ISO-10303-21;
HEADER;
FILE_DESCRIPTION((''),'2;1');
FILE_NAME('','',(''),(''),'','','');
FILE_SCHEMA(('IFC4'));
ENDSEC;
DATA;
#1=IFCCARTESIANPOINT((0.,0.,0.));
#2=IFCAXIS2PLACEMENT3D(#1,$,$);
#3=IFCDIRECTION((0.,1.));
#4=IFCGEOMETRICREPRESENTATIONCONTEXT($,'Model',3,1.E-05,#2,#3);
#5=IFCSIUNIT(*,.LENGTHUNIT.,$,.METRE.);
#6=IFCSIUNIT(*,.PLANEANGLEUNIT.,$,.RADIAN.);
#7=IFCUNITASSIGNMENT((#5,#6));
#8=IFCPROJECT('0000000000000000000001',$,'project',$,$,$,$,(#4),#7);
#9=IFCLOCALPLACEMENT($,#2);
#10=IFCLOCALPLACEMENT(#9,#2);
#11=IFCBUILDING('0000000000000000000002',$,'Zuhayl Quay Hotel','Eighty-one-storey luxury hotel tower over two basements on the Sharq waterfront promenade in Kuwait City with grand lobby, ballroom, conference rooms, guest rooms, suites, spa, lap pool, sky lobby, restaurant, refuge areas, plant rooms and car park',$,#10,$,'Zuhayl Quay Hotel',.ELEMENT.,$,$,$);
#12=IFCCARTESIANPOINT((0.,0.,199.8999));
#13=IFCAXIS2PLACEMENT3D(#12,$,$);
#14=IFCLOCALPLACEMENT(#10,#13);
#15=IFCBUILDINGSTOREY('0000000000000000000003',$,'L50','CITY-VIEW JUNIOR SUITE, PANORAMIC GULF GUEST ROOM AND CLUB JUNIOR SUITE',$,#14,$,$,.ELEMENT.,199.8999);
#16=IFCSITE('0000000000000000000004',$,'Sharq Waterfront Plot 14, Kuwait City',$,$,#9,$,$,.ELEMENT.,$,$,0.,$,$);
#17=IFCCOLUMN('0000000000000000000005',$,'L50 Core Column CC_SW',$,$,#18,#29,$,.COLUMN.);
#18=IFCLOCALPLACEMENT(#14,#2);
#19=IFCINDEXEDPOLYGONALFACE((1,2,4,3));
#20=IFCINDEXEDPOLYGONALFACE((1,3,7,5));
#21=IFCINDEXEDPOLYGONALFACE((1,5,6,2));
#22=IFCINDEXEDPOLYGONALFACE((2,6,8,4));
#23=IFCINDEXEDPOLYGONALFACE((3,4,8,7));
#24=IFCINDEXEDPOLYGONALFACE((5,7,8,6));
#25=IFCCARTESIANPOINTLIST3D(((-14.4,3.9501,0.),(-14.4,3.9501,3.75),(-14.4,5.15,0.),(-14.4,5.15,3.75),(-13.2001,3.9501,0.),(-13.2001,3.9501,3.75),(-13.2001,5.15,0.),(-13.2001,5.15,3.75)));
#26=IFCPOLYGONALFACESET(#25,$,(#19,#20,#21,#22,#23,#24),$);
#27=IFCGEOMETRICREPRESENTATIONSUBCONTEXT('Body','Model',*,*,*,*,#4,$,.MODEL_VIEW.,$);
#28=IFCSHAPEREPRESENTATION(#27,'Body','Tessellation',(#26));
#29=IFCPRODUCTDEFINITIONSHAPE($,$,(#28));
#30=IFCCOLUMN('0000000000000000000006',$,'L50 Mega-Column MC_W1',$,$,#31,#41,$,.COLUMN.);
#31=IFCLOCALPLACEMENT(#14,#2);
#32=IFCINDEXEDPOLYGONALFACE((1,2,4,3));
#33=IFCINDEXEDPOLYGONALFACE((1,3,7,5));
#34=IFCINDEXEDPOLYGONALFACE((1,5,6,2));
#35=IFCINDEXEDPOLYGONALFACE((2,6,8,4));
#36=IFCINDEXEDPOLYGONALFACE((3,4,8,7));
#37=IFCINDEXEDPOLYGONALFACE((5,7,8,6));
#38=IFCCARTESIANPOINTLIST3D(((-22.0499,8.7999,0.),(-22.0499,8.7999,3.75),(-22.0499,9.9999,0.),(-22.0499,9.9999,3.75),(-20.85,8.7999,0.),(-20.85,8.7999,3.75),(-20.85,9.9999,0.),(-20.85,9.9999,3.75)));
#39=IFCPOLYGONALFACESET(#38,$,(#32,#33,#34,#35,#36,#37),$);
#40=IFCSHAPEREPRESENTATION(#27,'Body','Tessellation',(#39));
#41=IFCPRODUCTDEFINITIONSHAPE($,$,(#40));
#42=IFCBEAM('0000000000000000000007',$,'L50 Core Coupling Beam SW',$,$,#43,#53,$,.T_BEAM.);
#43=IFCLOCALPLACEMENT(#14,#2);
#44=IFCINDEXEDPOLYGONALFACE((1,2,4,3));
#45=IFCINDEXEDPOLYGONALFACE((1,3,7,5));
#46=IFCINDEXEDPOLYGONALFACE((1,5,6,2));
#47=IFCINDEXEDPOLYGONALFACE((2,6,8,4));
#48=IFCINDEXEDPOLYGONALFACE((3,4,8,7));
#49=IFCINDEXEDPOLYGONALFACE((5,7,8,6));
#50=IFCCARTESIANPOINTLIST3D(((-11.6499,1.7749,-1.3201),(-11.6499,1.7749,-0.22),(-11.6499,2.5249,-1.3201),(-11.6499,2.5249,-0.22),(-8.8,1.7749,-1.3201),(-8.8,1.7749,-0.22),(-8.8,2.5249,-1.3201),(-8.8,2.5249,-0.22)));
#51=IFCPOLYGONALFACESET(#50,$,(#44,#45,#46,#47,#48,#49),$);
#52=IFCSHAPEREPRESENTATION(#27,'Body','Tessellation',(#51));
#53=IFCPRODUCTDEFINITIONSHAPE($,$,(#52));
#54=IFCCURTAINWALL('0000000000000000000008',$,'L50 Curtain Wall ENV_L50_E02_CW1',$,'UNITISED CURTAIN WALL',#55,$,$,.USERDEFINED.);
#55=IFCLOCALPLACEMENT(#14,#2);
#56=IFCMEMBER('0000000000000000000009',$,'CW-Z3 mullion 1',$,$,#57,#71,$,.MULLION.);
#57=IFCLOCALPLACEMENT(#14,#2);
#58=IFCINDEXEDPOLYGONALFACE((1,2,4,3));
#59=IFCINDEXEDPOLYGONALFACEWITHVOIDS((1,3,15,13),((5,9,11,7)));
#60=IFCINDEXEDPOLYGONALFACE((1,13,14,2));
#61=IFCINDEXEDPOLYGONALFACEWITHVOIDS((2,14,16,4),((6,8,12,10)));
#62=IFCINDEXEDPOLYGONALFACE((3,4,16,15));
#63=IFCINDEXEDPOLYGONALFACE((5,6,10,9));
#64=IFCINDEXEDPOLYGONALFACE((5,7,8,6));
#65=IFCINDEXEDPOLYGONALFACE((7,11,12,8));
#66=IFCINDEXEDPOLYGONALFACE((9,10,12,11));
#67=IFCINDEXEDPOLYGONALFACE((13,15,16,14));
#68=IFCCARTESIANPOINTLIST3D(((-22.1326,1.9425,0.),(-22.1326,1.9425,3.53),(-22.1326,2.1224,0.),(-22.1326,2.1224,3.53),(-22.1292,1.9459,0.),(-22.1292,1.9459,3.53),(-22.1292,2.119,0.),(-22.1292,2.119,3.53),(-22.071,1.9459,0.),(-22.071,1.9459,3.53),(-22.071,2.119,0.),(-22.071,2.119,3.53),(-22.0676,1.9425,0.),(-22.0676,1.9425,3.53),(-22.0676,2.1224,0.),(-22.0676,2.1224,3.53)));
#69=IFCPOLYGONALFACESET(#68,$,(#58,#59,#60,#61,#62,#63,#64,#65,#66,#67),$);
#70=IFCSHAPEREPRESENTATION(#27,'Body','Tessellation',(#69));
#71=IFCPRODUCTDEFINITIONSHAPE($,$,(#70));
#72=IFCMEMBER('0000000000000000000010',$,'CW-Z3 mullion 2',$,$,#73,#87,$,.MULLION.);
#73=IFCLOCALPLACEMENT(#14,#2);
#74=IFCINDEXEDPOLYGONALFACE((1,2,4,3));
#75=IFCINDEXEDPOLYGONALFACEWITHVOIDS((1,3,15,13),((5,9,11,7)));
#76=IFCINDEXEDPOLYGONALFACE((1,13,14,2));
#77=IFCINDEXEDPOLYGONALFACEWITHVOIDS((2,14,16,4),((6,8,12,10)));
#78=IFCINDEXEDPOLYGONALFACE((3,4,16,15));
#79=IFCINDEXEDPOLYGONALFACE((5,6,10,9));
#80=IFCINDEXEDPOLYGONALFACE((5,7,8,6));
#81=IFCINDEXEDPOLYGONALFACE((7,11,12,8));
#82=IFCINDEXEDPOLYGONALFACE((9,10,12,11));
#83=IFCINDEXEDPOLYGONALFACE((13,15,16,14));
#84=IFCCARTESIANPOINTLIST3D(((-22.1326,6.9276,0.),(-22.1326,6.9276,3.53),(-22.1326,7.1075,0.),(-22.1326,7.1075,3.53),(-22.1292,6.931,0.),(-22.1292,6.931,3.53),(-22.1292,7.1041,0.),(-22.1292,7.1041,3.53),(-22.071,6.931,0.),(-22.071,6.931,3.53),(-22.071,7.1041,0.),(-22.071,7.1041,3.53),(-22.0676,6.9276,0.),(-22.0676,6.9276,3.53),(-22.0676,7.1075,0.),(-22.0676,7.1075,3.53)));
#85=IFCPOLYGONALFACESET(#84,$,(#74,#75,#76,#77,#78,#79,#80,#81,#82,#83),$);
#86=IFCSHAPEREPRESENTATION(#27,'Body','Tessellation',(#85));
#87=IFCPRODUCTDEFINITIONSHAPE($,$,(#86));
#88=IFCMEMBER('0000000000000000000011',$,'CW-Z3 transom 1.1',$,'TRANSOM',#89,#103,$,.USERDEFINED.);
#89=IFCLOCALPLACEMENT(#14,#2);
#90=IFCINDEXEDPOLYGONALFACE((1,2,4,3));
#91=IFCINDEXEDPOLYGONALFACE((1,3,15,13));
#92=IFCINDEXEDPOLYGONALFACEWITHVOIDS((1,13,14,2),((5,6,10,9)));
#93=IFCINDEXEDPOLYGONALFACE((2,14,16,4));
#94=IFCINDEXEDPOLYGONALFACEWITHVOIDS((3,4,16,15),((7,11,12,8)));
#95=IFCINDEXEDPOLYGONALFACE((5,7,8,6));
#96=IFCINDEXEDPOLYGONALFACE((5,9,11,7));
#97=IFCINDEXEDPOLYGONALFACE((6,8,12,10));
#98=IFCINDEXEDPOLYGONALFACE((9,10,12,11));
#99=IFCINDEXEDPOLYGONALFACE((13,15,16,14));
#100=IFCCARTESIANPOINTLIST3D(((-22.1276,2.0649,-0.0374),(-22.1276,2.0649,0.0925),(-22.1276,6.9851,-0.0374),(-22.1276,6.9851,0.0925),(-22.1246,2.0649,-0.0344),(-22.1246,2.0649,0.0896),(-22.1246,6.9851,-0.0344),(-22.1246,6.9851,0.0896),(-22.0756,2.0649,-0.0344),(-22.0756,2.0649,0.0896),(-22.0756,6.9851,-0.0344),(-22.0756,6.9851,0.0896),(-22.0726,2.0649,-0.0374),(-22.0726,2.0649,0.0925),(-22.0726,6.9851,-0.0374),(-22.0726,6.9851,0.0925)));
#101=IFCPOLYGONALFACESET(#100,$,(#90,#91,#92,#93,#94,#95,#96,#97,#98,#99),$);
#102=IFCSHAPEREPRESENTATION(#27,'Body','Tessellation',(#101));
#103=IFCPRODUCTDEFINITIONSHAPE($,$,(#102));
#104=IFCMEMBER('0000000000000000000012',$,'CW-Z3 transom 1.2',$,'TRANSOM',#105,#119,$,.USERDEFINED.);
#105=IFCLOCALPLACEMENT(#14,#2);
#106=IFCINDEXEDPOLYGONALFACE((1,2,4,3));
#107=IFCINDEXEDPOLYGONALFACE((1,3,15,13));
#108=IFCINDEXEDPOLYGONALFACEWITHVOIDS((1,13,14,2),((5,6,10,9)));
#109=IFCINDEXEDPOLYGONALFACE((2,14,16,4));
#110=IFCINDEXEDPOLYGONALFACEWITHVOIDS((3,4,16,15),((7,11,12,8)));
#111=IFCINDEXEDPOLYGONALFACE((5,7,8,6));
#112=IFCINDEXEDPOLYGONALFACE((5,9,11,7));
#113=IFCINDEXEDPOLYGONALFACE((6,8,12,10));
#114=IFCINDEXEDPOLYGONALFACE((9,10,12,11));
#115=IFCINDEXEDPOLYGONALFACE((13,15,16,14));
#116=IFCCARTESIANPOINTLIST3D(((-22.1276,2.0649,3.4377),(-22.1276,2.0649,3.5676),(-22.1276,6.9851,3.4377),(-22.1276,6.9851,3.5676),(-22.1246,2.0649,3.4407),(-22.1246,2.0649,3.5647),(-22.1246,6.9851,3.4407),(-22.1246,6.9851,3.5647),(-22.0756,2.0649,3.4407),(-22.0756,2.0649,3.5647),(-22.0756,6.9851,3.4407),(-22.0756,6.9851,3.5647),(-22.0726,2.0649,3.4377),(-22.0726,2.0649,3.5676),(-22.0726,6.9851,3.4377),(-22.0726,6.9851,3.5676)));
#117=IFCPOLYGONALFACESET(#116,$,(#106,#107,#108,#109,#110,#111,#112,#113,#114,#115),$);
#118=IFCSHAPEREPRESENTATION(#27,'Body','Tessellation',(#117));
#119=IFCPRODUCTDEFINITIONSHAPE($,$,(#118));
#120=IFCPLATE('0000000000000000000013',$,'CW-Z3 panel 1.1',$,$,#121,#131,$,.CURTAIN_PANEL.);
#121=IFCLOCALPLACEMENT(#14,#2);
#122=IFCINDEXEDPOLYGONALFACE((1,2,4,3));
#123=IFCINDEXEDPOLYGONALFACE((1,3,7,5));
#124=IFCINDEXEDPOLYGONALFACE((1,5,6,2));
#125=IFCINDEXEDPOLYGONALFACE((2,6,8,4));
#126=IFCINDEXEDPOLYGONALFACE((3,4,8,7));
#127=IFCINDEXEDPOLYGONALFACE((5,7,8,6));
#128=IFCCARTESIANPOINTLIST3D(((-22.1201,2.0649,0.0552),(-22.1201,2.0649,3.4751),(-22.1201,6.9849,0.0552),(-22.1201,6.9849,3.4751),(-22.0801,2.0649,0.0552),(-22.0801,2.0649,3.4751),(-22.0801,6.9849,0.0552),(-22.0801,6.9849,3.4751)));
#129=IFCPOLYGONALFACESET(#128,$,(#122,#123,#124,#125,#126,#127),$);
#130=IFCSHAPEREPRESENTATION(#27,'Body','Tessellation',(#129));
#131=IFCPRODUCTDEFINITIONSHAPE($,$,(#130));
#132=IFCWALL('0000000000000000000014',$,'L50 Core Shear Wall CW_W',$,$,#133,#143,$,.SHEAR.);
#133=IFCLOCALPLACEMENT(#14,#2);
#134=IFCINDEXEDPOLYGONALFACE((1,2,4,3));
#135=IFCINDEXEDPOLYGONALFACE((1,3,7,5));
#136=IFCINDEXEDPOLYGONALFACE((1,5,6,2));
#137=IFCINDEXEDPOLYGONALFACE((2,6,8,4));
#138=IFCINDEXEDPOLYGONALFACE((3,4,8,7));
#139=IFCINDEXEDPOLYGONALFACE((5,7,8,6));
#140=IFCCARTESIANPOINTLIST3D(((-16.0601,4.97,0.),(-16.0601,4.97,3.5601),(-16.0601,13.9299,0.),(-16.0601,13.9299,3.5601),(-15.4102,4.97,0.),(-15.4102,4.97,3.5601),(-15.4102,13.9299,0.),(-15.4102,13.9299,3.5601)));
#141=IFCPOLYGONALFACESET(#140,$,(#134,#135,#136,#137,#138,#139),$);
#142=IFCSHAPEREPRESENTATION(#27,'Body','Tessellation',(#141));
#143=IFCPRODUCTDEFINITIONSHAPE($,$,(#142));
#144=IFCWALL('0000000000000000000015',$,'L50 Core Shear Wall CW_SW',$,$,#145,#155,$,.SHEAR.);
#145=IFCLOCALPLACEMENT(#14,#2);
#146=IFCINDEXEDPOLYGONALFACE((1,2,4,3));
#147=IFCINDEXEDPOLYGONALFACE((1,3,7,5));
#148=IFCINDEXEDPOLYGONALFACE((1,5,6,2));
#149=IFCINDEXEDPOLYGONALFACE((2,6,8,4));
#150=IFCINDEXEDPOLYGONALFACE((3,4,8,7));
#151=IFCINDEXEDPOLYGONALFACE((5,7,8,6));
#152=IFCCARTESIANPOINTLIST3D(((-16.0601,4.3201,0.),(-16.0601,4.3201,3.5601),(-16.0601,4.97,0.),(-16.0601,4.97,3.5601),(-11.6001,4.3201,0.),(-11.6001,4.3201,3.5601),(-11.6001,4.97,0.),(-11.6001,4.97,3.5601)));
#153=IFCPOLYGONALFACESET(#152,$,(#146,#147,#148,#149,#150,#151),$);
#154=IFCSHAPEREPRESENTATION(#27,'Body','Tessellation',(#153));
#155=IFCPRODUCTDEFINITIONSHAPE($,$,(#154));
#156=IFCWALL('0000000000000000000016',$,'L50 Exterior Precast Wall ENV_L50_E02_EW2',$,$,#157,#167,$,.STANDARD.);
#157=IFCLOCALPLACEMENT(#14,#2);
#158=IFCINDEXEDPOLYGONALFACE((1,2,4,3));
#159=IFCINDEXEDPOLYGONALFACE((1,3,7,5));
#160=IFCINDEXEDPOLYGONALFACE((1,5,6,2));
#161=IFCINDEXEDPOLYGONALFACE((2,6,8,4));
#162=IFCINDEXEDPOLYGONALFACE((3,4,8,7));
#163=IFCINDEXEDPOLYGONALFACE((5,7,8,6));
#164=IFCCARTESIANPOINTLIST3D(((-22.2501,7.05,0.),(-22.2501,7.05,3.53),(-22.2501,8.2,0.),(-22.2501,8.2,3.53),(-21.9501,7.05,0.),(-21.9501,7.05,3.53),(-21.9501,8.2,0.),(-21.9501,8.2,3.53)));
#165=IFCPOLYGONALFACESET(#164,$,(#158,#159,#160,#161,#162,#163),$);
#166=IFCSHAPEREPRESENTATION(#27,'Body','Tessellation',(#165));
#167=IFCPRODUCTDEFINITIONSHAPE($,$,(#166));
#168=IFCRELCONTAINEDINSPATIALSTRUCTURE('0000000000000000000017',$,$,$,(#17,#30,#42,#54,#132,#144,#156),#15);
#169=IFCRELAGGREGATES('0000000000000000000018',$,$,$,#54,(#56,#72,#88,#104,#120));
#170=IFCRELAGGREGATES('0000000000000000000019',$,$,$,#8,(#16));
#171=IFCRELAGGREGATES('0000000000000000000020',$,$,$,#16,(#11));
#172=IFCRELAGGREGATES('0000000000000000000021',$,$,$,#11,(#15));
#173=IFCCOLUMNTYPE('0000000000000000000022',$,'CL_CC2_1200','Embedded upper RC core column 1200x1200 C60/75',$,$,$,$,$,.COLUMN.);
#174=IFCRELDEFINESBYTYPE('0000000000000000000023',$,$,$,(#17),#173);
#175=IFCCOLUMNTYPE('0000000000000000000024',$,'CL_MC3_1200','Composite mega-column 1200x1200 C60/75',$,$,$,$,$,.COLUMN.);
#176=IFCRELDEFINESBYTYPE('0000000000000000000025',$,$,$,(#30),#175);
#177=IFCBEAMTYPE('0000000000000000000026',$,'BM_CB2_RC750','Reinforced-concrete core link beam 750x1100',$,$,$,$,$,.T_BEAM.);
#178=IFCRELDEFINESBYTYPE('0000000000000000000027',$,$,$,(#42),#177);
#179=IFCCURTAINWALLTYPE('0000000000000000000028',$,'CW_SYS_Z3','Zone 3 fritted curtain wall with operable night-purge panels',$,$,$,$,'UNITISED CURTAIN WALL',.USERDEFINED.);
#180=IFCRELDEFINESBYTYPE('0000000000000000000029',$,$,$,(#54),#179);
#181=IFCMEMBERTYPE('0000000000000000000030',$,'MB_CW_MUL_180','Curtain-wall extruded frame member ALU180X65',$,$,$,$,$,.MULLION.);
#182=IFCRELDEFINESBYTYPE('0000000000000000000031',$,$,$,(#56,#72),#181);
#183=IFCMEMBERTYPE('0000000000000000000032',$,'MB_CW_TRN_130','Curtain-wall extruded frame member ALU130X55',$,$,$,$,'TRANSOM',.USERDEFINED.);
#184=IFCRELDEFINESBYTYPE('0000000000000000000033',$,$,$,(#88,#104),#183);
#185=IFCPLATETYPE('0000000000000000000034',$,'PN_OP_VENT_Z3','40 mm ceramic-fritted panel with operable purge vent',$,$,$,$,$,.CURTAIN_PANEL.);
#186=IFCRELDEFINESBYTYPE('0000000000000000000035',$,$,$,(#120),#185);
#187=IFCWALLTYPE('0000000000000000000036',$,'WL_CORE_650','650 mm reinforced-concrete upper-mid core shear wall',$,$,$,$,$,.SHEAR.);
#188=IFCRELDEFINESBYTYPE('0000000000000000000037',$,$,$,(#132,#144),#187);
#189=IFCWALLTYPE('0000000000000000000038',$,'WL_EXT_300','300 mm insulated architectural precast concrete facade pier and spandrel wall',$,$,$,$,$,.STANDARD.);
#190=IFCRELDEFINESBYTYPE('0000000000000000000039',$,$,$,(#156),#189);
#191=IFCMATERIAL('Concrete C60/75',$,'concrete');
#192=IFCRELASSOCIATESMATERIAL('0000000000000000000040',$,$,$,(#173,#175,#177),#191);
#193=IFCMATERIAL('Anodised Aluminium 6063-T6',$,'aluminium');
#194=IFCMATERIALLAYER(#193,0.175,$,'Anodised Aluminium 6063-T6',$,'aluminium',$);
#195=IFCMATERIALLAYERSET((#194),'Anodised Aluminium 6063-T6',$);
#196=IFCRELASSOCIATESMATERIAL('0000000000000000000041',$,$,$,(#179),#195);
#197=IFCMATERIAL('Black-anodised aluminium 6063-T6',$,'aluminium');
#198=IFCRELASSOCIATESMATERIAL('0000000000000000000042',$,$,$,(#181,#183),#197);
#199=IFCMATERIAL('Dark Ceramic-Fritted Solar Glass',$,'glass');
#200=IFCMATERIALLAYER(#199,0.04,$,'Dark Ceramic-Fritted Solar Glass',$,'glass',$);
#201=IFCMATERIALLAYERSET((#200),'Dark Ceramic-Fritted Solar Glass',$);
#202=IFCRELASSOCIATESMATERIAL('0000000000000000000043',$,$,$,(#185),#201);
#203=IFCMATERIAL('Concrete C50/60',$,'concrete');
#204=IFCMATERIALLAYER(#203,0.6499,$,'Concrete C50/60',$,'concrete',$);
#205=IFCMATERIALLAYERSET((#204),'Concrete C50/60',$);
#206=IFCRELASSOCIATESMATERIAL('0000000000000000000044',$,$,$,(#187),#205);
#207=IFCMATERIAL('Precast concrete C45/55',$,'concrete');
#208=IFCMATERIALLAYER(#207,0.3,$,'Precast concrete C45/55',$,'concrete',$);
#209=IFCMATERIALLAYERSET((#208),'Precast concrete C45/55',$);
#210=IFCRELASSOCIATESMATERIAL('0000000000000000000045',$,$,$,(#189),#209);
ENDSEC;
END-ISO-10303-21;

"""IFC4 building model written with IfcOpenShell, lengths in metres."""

from ifc_helpers import new_model, si_unit, direction, frame, frame_2d, origin, origin_2d, place, context, subcontext, project, spatial, rectangle, hollow_rectangle, extrude, material, layer, layer_set, material_profile, profile_set, type_object, element, aggregate, save


model = new_model("IFC4")

# Units and contexts
model_context = context("Model", 3, precision=1e-05, world=origin(), true_north=direction((0.0, 1.0)))
body_context = subcontext(model_context, "Body", "Model", "MODEL_VIEW")
ifc_project = project(units=[si_unit("LENGTHUNIT", "METRE"), si_unit("PLANEANGLEUNIT", "RADIAN")], contexts=[model_context])

# Site, building, storey
site_placement = place(None, origin())
site = spatial("IfcSite", under=ifc_project, at=site_placement, Name="Sharq Waterfront Plot 14, Kuwait City", CompositionType="ELEMENT", RefElevation=0.0)
building_placement = place(site_placement, origin())
building = spatial("IfcBuilding", under=site, at=building_placement, Name="Zuhayl Quay Hotel", Description="Eighty-one-storey luxury hotel tower over two basements on the Sharq waterfront promenade in Kuwait City with grand lobby, ballroom, conference rooms, guest rooms, suites, spa, lap pool, sky lobby, restaurant, refuge areas, plant rooms and car park", LongName="Zuhayl Quay Hotel", CompositionType="ELEMENT")
storey_placement = place(building_placement, frame((0.0, 0.0, 199.8999)))
storey = spatial("IfcBuildingStorey", under=building, at=storey_placement, Name="L50", Description="CITY-VIEW JUNIOR SUITE, PANORAMIC GULF GUEST ROOM AND CLUB JUNIOR SUITE", CompositionType="ELEMENT", Elevation=199.8999)

# Columns
ifc_material_1 = material(Name="Concrete C60/75", Category="concrete")
ifc_material_profile_1 = material_profile(ifc_material_1, rectangle(XDim=1.2, YDim=1.2, at=origin_2d()), Name="RC1200X1200")
ifc_profile_set_1 = profile_set([ifc_material_profile_1], Name="Concrete C60/75")
column_type_1 = type_object("IfcColumnType", Name="CL_CC2_1200", Description="Embedded upper RC core column 1200x1200 C60/75", PredefinedType="COLUMN", material=ifc_profile_set_1)
column_1_placement = place(storey_placement, frame((-13.8, 4.55, 0.0), z_axis=(0.0, 0.0, 1.0), x_axis=(1.0, 0.0, 0.0)))
element("IfcColumn", 1, at=column_1_placement, inside=storey, type_object=column_type_1, Name="L50 Core Column CC_SW", PredefinedType="COLUMN", context=body_context, shape_type="SweptSolid", body=[
    extrude(rectangle(XDim=1.2, YDim=1.2, at=origin_2d()), origin(), (0.0, 0.0, 1.0), 3.75),
])
ifc_material_profile_2 = material_profile(ifc_material_1, rectangle(XDim=1.2, YDim=1.2, at=origin_2d()), Name="RC1200X1200")
ifc_profile_set_2 = profile_set([ifc_material_profile_2], Name="Concrete C60/75")
column_type_2 = type_object("IfcColumnType", Name="CL_MC3_1200", Description="Composite mega-column 1200x1200 C60/75", PredefinedType="COLUMN", material=ifc_profile_set_2)
column_2_placement = place(storey_placement, frame((-21.45, 9.3999, 0.0), z_axis=(0.0, 0.0, 1.0), x_axis=(1.0, 0.0, 0.0)))
element("IfcColumn", 2, at=column_2_placement, inside=storey, type_object=column_type_2, Name="L50 Mega-Column MC_W1", PredefinedType="COLUMN", context=body_context, shape_type="SweptSolid", body=[
    extrude(rectangle(XDim=1.2, YDim=1.2, at=origin_2d()), origin(), (0.0, 0.0, 1.0), 3.75),
])

# Beam
ifc_material_profile_3 = material_profile(ifc_material_1, rectangle(XDim=0.75, YDim=1.1001, at=origin_2d()), Name="RC750X1100")
ifc_profile_set_3 = profile_set([ifc_material_profile_3], Name="Concrete C60/75")
beam_type = type_object("IfcBeamType", Name="BM_CB2_RC750", Description="Reinforced-concrete core link beam 750x1100", PredefinedType="T_BEAM", material=ifc_profile_set_3)
beam_placement = place(storey_placement, frame((-11.6499, 2.1499, -0.77), z_axis=(1.0, 0.0, 0.0), x_axis=(0.0, 1.0, 0.0)))
element("IfcBeam", 3, at=beam_placement, inside=storey, type_object=beam_type, Name="L50 Core Coupling Beam SW", PredefinedType="T_BEAM", context=body_context, shape_type="SweptSolid", body=[
    extrude(rectangle(XDim=0.75, YDim=1.1001, at=origin_2d()), origin(), (0.0, 0.0, 1.0), 2.8499),
])

# Curtain wall, members, plate
ifc_material_2 = material(Name="Anodised Aluminium 6063-T6", Category="aluminium")
ifc_layer_1 = layer(ifc_material_2, 0.175, Name="Anodised Aluminium 6063-T6", Category="aluminium")
ifc_layer_set_1 = layer_set([ifc_layer_1], Name="Anodised Aluminium 6063-T6")
curtain_wall_type = type_object("IfcCurtainWallType", Name="CW_SYS_Z3", Description="Zone 3 fritted curtain wall with operable night-purge panels", ElementType="UNITISED CURTAIN WALL", PredefinedType="USERDEFINED", material=ifc_layer_set_1)
curtain_wall_placement = place(storey_placement, origin())
curtain_wall = element("IfcCurtainWall", 4, at=curtain_wall_placement, inside=storey, type_object=curtain_wall_type, Name="L50 Curtain Wall ENV_L50_E02_CW1", ObjectType="UNITISED CURTAIN WALL", PredefinedType="USERDEFINED")
ifc_material_3 = material(Name="Black-anodised aluminium 6063-T6", Category="aluminium")
ifc_material_profile_4 = material_profile(ifc_material_3, hollow_rectangle(XDim=0.0649, YDim=0.1799, WallThickness=0.0034, at=origin_2d()), Name="ALU180X65")
ifc_profile_set_4 = profile_set([ifc_material_profile_4], Name="Black-anodised aluminium 6063-T6")
member_type_1 = type_object("IfcMemberType", Name="MB_CW_MUL_180", Description="Curtain-wall extruded frame member ALU180X65", PredefinedType="MULLION", material=ifc_profile_set_4)
member_1_placement = place(storey_placement, frame((-22.1001, 2.0325, 0.0), z_axis=(0.0, 0.0, 1.0), x_axis=(-1.0, 0.0, 0.0)))
member_1 = element("IfcMember", 5, at=member_1_placement, type_object=member_type_1, Name="CW-Z3 mullion 1", PredefinedType="MULLION", context=body_context, shape_type="SweptSolid", body=[
    extrude(hollow_rectangle(XDim=0.0649, YDim=0.1799, WallThickness=0.0034, at=origin_2d()), origin(), (0.0, 0.0, 1.0), 3.53),
])
member_2_placement = place(storey_placement, frame((-22.1001, 7.0176, 0.0), z_axis=(0.0, 0.0, 1.0), x_axis=(-1.0, 0.0, 0.0)))
member_2 = element("IfcMember", 6, at=member_2_placement, type_object=member_type_1, Name="CW-Z3 mullion 2", PredefinedType="MULLION", context=body_context, shape_type="SweptSolid", body=[
    extrude(hollow_rectangle(XDim=0.0649, YDim=0.1799, WallThickness=0.0034, at=origin_2d()), origin(), (0.0, 0.0, 1.0), 3.53),
])
ifc_material_profile_5 = material_profile(ifc_material_3, hollow_rectangle(XDim=0.0549, YDim=0.1299, WallThickness=0.0029, at=origin_2d()), Name="ALU130X55")
ifc_profile_set_5 = profile_set([ifc_material_profile_5], Name="Black-anodised aluminium 6063-T6")
member_type_2 = type_object("IfcMemberType", Name="MB_CW_TRN_130", Description="Curtain-wall extruded frame member ALU130X55", ElementType="TRANSOM", PredefinedType="USERDEFINED", material=ifc_profile_set_5)
member_3_placement = place(storey_placement, frame((-22.1001, 2.0649, 0.0276), z_axis=(0.0, 1.0, 0.0), x_axis=(-1.0, 0.0, 0.0)))
member_3 = element("IfcMember", 7, at=member_3_placement, type_object=member_type_2, Name="CW-Z3 transom 1.1", ObjectType="TRANSOM", PredefinedType="USERDEFINED", context=body_context, shape_type="SweptSolid", body=[
    extrude(hollow_rectangle(XDim=0.0549, YDim=0.1299, WallThickness=0.0029, at=origin_2d()), origin(), (0.0, 0.0, 1.0), 4.9202),
])
member_4_placement = place(storey_placement, frame((-22.1001, 2.0649, 3.5027), z_axis=(0.0, 1.0, 0.0), x_axis=(-1.0, 0.0, 0.0)))
member_4 = element("IfcMember", 8, at=member_4_placement, type_object=member_type_2, Name="CW-Z3 transom 1.2", ObjectType="TRANSOM", PredefinedType="USERDEFINED", context=body_context, shape_type="SweptSolid", body=[
    extrude(hollow_rectangle(XDim=0.0549, YDim=0.1299, WallThickness=0.0029, at=origin_2d()), origin(), (0.0, 0.0, 1.0), 4.9202),
])
ifc_material_4 = material(Name="Dark Ceramic-Fritted Solar Glass", Category="glass")
ifc_layer_2 = layer(ifc_material_4, 0.04, Name="Dark Ceramic-Fritted Solar Glass", Category="glass")
ifc_layer_set_2 = layer_set([ifc_layer_2], Name="Dark Ceramic-Fritted Solar Glass")
plate_type = type_object("IfcPlateType", Name="PN_OP_VENT_Z3", Description="40 mm ceramic-fritted panel with operable purge vent", PredefinedType="CURTAIN_PANEL", material=ifc_layer_set_2)
plate_placement = place(storey_placement, frame((-22.1001, 4.5249, 0.0552), z_axis=(0.0, 0.0, 1.0), x_axis=(0.0, 1.0, 0.0)))
plate = element("IfcPlate", 9, at=plate_placement, type_object=plate_type, Name="CW-Z3 panel 1.1", PredefinedType="CURTAIN_PANEL", context=body_context, shape_type="SweptSolid", body=[
    extrude(rectangle(XDim=4.9199, YDim=0.04, at=origin_2d()), origin(), (0.0, 0.0, 1.0), 3.4199),
])
aggregate(curtain_wall, [member_1, member_2, member_3, member_4, plate])

# Walls
ifc_material_5 = material(Name="Concrete C50/60", Category="concrete")
ifc_layer_3 = layer(ifc_material_5, 0.6499, Name="Concrete C50/60", Category="concrete")
ifc_layer_set_3 = layer_set([ifc_layer_3], Name="Concrete C50/60")
wall_type_1 = type_object("IfcWallType", Name="WL_CORE_650", Description="650 mm reinforced-concrete upper-mid core shear wall", PredefinedType="SHEAR", material=ifc_layer_set_3)
wall_1_placement = place(storey_placement, frame((-15.7351, 4.97, 0.0), z_axis=(0.0, 0.0, 1.0), x_axis=(0.0, 1.0, 0.0)))
element("IfcWall", 10, at=wall_1_placement, inside=storey, type_object=wall_type_1, Name="L50 Core Shear Wall CW_W", PredefinedType="SHEAR", context=body_context, shape_type="SweptSolid", body=[
    extrude(rectangle(XDim=8.96, YDim=0.6499, at=frame_2d((4.48, 0.0))), origin(), (0.0, 0.0, 1.0), 3.5601),
])
wall_2_placement = place(storey_placement, frame((-16.0601, 4.645, 0.0), z_axis=(0.0, 0.0, 1.0), x_axis=(1.0, 0.0, 0.0)))
element("IfcWall", 11, at=wall_2_placement, inside=storey, type_object=wall_type_1, Name="L50 Core Shear Wall CW_SW", PredefinedType="SHEAR", context=body_context, shape_type="SweptSolid", body=[
    extrude(rectangle(XDim=4.46, YDim=0.6499, at=frame_2d((2.23, 0.0))), origin(), (0.0, 0.0, 1.0), 3.5601),
])
ifc_material_6 = material(Name="Precast concrete C45/55", Category="concrete")
ifc_layer_4 = layer(ifc_material_6, 0.3, Name="Precast concrete C45/55", Category="concrete")
ifc_layer_set_4 = layer_set([ifc_layer_4], Name="Precast concrete C45/55")
wall_type_2 = type_object("IfcWallType", Name="WL_EXT_300", Description="300 mm insulated architectural precast concrete facade pier and spandrel wall", PredefinedType="STANDARD", material=ifc_layer_set_4)
wall_3_placement = place(storey_placement, frame((-22.1001, 7.05, 0.0), z_axis=(0.0, 0.0, 1.0), x_axis=(0.0, 1.0, 0.0)))
element("IfcWall", 12, at=wall_3_placement, inside=storey, type_object=wall_type_2, Name="L50 Exterior Precast Wall ENV_L50_E02_EW2", PredefinedType="STANDARD", context=body_context, shape_type="SweptSolid", body=[
    extrude(rectangle(XDim=1.1499, YDim=0.3, at=frame_2d((0.575, 0.0))), origin(), (0.0, 0.0, 1.0), 3.53),
])

save(model, "model.ifc")
